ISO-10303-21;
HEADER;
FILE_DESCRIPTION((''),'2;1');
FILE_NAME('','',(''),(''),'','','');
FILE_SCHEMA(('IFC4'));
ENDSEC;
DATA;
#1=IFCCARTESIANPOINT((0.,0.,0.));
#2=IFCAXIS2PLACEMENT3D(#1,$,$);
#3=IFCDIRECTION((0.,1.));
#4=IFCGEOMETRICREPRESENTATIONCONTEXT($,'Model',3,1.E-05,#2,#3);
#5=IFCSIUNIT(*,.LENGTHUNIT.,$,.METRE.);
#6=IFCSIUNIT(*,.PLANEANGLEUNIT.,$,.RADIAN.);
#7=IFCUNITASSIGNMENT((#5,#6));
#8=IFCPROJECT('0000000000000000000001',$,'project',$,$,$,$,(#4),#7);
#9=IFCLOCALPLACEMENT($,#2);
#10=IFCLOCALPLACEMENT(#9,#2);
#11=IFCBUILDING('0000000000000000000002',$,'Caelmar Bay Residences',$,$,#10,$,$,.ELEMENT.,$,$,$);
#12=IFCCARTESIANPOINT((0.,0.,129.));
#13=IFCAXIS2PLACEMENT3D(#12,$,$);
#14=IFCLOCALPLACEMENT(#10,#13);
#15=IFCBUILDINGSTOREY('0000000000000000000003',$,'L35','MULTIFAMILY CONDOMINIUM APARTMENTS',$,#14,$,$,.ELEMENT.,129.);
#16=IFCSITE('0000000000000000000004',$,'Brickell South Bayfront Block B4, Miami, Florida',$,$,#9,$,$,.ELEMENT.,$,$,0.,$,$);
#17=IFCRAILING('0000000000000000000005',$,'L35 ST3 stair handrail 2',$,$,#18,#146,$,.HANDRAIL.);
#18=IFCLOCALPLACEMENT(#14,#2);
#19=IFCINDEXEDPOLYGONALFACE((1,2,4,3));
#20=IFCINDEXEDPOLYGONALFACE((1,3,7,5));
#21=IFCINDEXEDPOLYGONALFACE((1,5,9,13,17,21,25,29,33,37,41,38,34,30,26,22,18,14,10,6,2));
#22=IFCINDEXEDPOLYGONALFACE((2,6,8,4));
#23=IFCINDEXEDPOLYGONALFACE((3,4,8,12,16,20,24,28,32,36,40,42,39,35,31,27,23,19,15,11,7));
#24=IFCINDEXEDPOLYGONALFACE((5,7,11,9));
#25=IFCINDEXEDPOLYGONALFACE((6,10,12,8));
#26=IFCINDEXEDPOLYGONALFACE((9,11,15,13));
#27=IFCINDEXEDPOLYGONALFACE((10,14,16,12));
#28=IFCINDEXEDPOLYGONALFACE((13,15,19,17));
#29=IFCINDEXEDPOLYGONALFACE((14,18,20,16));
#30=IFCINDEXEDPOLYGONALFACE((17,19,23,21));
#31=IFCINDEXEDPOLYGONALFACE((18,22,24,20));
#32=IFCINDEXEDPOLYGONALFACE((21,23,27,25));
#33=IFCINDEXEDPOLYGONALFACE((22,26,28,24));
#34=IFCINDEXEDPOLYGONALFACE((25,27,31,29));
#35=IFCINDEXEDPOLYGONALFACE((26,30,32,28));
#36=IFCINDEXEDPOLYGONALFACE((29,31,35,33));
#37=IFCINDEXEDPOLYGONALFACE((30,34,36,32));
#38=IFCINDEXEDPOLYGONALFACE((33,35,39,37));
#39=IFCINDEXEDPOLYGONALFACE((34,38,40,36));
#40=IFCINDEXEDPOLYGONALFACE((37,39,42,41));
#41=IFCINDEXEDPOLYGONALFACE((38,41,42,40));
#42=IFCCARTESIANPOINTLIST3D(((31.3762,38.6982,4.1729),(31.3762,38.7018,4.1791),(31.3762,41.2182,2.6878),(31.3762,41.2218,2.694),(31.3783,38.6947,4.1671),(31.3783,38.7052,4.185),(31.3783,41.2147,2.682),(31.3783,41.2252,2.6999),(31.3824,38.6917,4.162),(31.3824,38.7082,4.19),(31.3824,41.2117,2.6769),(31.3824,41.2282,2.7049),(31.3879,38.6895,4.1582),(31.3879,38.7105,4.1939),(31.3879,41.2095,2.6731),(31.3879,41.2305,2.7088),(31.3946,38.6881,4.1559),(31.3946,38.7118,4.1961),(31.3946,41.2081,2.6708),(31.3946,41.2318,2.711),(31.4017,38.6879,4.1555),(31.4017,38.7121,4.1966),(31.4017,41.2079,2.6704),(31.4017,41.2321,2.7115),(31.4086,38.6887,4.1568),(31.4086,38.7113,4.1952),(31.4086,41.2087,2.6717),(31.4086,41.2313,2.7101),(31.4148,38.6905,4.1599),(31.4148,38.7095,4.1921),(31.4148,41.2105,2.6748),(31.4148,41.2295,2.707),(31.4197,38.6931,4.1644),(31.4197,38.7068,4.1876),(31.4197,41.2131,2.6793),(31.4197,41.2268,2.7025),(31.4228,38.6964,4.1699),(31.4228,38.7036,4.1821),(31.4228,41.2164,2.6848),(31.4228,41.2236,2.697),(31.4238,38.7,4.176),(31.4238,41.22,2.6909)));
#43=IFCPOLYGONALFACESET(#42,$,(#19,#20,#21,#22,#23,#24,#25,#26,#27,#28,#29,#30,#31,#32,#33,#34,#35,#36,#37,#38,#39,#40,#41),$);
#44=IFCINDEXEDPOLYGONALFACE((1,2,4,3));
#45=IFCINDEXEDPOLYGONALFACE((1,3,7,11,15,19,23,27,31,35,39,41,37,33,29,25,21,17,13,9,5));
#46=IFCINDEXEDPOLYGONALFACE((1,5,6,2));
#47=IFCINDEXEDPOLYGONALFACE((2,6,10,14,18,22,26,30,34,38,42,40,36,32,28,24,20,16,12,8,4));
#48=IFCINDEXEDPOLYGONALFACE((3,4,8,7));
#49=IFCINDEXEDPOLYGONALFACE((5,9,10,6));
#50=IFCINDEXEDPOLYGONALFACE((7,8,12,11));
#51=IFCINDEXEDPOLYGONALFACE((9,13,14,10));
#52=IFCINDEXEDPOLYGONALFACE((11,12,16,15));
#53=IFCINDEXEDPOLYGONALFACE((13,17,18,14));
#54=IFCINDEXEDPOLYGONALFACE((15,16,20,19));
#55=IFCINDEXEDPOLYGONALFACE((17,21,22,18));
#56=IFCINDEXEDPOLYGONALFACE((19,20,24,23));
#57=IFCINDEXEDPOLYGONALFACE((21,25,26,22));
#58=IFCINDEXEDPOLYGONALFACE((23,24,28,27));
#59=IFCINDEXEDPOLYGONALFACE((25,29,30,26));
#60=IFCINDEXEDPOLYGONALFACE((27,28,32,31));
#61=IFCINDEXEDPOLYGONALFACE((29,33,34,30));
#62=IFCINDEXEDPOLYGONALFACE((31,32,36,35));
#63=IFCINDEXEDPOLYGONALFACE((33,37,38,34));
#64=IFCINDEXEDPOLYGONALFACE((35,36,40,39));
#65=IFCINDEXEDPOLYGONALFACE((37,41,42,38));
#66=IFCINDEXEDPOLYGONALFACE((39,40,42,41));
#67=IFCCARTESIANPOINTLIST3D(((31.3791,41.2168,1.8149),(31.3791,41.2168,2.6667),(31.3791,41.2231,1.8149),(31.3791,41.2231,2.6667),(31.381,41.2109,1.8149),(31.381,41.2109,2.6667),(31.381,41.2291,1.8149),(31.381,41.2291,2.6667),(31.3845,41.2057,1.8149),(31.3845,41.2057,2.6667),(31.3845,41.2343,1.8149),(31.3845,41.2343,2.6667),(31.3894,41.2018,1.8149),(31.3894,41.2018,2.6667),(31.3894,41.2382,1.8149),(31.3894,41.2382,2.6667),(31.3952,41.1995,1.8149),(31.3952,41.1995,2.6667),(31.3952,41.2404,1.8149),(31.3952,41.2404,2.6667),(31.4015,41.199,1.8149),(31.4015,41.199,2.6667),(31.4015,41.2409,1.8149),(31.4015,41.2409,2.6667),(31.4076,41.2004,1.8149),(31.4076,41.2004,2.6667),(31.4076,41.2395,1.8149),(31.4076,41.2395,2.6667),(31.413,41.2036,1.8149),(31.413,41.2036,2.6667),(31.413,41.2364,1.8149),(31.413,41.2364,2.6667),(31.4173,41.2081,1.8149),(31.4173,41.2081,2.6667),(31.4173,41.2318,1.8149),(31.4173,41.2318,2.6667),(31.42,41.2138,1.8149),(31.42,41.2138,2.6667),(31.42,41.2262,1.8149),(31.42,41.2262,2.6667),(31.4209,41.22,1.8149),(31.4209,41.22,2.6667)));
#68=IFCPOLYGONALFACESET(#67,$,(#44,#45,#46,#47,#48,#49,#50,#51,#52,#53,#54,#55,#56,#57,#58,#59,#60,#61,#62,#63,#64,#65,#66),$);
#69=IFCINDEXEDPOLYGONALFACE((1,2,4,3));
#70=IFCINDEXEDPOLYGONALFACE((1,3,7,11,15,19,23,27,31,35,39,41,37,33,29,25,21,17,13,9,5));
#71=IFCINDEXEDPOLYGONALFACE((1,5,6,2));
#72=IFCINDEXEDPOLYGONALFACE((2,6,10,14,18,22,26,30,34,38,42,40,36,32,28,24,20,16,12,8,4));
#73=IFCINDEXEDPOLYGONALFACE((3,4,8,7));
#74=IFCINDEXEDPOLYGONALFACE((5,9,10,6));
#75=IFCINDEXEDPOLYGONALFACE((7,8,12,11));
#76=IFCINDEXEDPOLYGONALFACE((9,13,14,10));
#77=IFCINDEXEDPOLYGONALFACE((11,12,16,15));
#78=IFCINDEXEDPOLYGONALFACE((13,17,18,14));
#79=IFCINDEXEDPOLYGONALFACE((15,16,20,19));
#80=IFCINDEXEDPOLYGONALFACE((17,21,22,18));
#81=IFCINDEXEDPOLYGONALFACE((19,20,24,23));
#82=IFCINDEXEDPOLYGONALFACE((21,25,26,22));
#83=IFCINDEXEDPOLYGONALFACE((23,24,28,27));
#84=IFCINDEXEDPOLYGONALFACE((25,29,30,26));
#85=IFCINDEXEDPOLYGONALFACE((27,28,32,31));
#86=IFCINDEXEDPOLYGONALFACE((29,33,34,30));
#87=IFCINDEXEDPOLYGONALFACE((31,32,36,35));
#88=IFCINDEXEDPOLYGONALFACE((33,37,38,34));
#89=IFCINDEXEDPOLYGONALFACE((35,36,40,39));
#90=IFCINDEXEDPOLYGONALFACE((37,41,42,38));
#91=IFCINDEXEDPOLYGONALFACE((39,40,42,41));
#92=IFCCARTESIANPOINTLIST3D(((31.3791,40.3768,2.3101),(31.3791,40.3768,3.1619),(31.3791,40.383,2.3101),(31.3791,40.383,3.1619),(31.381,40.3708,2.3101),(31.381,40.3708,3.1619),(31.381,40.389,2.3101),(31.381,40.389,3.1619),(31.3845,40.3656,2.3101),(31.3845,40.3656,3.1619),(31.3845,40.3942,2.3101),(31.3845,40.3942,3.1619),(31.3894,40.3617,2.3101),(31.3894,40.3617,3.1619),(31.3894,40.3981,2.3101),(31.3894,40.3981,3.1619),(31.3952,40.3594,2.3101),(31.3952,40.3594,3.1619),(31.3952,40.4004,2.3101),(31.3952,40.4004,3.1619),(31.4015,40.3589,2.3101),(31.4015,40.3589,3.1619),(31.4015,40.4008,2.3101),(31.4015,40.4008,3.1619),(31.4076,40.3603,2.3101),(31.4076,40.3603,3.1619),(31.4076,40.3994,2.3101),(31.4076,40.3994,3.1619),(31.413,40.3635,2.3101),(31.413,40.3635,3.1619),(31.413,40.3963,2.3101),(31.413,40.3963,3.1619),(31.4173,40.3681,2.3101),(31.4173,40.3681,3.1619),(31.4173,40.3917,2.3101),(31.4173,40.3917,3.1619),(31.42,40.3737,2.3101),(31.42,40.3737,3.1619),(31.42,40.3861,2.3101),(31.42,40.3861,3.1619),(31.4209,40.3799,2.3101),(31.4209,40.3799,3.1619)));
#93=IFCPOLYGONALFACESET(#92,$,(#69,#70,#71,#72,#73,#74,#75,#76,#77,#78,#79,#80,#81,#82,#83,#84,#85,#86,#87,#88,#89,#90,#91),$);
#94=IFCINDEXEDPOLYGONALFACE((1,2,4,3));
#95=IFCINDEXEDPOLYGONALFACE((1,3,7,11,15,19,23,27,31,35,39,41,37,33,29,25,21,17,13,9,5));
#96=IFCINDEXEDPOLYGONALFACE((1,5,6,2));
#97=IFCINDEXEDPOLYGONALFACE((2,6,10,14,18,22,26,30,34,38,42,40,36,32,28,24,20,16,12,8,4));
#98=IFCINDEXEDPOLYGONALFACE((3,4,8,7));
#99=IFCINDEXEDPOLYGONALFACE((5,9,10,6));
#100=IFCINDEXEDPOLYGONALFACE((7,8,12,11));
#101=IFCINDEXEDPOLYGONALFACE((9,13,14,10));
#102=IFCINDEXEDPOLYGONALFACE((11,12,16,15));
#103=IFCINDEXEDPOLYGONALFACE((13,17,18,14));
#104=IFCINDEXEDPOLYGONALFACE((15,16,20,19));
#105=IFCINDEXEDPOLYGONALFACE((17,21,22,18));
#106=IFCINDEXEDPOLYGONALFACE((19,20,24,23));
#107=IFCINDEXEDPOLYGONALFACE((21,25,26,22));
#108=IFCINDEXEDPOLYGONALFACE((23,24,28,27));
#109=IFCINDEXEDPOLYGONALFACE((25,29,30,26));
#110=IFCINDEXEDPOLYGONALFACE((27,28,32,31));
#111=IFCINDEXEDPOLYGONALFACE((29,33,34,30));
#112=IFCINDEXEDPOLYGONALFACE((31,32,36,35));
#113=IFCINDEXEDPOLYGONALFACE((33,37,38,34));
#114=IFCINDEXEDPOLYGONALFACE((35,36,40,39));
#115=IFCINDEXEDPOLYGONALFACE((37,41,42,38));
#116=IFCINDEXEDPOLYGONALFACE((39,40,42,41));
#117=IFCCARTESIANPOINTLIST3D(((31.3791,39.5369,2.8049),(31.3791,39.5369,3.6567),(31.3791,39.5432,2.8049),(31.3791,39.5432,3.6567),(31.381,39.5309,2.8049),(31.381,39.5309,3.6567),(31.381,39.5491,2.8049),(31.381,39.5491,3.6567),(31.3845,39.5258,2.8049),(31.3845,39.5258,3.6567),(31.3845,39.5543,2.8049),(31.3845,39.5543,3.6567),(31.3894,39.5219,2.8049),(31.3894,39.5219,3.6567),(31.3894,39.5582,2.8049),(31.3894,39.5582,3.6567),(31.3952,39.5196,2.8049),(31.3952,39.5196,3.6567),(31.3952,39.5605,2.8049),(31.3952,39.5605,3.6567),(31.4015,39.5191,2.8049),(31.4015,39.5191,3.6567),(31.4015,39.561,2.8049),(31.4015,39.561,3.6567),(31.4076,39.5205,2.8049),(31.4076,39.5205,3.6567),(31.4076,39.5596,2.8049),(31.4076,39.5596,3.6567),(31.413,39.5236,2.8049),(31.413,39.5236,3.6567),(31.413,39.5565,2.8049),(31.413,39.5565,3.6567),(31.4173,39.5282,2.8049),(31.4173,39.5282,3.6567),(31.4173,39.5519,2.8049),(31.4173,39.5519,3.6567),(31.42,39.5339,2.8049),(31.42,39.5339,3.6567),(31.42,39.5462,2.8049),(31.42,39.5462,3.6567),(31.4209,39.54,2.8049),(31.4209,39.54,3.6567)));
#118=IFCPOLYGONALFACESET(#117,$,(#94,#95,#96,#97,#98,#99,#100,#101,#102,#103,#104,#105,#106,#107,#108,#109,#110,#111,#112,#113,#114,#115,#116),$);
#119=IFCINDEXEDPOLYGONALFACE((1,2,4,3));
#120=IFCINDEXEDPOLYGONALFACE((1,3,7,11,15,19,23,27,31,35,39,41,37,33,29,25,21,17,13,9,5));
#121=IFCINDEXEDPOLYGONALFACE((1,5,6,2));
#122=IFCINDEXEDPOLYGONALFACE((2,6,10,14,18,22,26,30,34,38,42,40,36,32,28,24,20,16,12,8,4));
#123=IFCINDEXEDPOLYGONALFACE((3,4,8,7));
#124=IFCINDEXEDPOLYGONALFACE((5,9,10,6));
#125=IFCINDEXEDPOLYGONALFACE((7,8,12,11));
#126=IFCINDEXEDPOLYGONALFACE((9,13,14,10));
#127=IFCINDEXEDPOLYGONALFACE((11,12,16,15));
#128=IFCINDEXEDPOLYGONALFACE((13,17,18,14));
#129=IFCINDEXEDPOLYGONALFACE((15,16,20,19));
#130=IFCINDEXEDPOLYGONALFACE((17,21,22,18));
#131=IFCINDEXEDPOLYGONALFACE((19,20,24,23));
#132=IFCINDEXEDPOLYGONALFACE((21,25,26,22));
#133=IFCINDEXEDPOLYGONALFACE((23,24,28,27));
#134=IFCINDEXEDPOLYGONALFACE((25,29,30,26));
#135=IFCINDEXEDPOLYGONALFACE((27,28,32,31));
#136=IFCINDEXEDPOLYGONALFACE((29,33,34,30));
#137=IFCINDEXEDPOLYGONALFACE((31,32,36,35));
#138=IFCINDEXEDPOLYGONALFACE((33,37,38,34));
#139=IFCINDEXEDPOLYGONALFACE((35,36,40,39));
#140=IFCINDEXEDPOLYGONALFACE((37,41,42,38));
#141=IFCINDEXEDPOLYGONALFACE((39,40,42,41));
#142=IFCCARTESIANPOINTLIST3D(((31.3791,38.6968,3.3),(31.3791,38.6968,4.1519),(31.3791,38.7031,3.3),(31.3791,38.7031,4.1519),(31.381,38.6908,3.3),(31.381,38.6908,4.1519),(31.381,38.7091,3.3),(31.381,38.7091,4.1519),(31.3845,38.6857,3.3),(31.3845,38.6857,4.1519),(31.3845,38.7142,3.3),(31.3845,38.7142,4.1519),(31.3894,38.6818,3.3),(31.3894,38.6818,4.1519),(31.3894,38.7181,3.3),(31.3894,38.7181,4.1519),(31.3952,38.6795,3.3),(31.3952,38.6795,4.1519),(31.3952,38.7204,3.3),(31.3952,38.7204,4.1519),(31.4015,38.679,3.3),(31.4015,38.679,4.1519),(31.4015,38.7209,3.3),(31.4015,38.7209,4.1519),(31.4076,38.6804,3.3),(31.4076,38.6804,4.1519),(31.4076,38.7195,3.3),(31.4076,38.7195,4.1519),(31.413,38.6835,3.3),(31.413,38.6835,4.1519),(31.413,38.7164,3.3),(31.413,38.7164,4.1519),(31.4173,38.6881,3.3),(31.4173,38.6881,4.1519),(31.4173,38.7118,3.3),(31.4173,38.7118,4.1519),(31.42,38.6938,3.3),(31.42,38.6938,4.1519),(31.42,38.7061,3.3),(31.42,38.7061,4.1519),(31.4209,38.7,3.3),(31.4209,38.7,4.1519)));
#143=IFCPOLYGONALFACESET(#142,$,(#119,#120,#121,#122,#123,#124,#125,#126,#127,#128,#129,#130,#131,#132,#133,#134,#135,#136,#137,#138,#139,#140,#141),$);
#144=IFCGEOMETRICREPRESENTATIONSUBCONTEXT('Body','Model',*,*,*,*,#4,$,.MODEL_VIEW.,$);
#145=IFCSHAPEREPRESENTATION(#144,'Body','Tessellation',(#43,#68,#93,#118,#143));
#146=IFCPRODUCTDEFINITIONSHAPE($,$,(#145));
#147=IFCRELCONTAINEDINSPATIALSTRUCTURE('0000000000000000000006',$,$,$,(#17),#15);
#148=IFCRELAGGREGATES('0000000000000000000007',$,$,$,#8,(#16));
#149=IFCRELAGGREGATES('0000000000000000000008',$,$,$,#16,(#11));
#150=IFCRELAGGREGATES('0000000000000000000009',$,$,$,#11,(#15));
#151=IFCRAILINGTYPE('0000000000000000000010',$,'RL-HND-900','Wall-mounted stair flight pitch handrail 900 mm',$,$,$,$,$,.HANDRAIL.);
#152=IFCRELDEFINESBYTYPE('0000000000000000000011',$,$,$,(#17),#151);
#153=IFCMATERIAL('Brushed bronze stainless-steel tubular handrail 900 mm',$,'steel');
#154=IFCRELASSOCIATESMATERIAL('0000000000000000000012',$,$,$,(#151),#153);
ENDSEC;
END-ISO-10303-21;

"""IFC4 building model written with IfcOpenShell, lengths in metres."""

from ifc_helpers import new_model, si_unit, direction, frame, origin, origin_2d, place, context, subcontext, project, spatial, circle, extrude, material, type_object, element, save


model = new_model("IFC4")

# Units and contexts
model_context = context("Model", 3, precision=1e-05, world=origin(), true_north=direction((0.0, 1.0)))
body_context = subcontext(model_context, "Body", "Model", "MODEL_VIEW")
ifc_project = project(units=[si_unit("LENGTHUNIT", "METRE"), si_unit("PLANEANGLEUNIT", "RADIAN")], contexts=[model_context])

# Site, building, storey
site_placement = place(None, origin())
site = spatial("IfcSite", under=ifc_project, at=site_placement, Name="Brickell South Bayfront Block B4, Miami, Florida", CompositionType="ELEMENT", RefElevation=0.0)
building_placement = place(site_placement, origin())
building = spatial("IfcBuilding", under=site, at=building_placement, Name="Caelmar Bay Residences", CompositionType="ELEMENT")
storey_placement = place(building_placement, frame((0.0, 0.0, 129.0)))
storey = spatial("IfcBuildingStorey", under=building, at=storey_placement, Name="L35", Description="MULTIFAMILY CONDOMINIUM APARTMENTS", CompositionType="ELEMENT", Elevation=129.0)

# Railing
ifc_material_1 = material(Name="Brushed bronze stainless-steel tubular handrail 900 mm", Category="steel")
railing_type_1 = type_object("IfcRailingType", Name="RL-HND-900", Description="Wall-mounted stair flight pitch handrail 900 mm", PredefinedType="HANDRAIL", material=ifc_material_1)
railing_1_placement = place(storey_placement, frame((31.3999, 41.22, 1.8149)))
element("IfcRailing", 1, at=railing_1_placement, inside=storey, type_object=railing_type_1, Name="L35 ST3 stair handrail 2", PredefinedType="HANDRAIL", context=body_context, shape_type="SweptSolid", body=[
    extrude(circle(Radius=0.0239, at=origin_2d()), frame((0.0, 0.0, 0.876), z_axis=(0.0, -0.861524, 0.507717), x_axis=(1.0, 0.0, 0.0)), (0.0, 0.0, 1.0), 2.925),
    extrude(circle(Radius=0.021, at=origin_2d()), origin(), (0.0, 0.0, 1.0), 0.8518),
    extrude(circle(Radius=0.021, at=origin_2d()), frame((0.0, -0.8401, 0.4951)), (0.0, 0.0, 1.0), 0.8518),
    extrude(circle(Radius=0.021, at=origin_2d()), frame((0.0, -1.6799, 0.99)), (0.0, 0.0, 1.0), 0.8518),
    extrude(circle(Radius=0.021, at=origin_2d()), frame((0.0, -2.52, 1.4851)), (0.0, 0.0, 1.0), 0.8518),
])

save(model, "model.ifc")
